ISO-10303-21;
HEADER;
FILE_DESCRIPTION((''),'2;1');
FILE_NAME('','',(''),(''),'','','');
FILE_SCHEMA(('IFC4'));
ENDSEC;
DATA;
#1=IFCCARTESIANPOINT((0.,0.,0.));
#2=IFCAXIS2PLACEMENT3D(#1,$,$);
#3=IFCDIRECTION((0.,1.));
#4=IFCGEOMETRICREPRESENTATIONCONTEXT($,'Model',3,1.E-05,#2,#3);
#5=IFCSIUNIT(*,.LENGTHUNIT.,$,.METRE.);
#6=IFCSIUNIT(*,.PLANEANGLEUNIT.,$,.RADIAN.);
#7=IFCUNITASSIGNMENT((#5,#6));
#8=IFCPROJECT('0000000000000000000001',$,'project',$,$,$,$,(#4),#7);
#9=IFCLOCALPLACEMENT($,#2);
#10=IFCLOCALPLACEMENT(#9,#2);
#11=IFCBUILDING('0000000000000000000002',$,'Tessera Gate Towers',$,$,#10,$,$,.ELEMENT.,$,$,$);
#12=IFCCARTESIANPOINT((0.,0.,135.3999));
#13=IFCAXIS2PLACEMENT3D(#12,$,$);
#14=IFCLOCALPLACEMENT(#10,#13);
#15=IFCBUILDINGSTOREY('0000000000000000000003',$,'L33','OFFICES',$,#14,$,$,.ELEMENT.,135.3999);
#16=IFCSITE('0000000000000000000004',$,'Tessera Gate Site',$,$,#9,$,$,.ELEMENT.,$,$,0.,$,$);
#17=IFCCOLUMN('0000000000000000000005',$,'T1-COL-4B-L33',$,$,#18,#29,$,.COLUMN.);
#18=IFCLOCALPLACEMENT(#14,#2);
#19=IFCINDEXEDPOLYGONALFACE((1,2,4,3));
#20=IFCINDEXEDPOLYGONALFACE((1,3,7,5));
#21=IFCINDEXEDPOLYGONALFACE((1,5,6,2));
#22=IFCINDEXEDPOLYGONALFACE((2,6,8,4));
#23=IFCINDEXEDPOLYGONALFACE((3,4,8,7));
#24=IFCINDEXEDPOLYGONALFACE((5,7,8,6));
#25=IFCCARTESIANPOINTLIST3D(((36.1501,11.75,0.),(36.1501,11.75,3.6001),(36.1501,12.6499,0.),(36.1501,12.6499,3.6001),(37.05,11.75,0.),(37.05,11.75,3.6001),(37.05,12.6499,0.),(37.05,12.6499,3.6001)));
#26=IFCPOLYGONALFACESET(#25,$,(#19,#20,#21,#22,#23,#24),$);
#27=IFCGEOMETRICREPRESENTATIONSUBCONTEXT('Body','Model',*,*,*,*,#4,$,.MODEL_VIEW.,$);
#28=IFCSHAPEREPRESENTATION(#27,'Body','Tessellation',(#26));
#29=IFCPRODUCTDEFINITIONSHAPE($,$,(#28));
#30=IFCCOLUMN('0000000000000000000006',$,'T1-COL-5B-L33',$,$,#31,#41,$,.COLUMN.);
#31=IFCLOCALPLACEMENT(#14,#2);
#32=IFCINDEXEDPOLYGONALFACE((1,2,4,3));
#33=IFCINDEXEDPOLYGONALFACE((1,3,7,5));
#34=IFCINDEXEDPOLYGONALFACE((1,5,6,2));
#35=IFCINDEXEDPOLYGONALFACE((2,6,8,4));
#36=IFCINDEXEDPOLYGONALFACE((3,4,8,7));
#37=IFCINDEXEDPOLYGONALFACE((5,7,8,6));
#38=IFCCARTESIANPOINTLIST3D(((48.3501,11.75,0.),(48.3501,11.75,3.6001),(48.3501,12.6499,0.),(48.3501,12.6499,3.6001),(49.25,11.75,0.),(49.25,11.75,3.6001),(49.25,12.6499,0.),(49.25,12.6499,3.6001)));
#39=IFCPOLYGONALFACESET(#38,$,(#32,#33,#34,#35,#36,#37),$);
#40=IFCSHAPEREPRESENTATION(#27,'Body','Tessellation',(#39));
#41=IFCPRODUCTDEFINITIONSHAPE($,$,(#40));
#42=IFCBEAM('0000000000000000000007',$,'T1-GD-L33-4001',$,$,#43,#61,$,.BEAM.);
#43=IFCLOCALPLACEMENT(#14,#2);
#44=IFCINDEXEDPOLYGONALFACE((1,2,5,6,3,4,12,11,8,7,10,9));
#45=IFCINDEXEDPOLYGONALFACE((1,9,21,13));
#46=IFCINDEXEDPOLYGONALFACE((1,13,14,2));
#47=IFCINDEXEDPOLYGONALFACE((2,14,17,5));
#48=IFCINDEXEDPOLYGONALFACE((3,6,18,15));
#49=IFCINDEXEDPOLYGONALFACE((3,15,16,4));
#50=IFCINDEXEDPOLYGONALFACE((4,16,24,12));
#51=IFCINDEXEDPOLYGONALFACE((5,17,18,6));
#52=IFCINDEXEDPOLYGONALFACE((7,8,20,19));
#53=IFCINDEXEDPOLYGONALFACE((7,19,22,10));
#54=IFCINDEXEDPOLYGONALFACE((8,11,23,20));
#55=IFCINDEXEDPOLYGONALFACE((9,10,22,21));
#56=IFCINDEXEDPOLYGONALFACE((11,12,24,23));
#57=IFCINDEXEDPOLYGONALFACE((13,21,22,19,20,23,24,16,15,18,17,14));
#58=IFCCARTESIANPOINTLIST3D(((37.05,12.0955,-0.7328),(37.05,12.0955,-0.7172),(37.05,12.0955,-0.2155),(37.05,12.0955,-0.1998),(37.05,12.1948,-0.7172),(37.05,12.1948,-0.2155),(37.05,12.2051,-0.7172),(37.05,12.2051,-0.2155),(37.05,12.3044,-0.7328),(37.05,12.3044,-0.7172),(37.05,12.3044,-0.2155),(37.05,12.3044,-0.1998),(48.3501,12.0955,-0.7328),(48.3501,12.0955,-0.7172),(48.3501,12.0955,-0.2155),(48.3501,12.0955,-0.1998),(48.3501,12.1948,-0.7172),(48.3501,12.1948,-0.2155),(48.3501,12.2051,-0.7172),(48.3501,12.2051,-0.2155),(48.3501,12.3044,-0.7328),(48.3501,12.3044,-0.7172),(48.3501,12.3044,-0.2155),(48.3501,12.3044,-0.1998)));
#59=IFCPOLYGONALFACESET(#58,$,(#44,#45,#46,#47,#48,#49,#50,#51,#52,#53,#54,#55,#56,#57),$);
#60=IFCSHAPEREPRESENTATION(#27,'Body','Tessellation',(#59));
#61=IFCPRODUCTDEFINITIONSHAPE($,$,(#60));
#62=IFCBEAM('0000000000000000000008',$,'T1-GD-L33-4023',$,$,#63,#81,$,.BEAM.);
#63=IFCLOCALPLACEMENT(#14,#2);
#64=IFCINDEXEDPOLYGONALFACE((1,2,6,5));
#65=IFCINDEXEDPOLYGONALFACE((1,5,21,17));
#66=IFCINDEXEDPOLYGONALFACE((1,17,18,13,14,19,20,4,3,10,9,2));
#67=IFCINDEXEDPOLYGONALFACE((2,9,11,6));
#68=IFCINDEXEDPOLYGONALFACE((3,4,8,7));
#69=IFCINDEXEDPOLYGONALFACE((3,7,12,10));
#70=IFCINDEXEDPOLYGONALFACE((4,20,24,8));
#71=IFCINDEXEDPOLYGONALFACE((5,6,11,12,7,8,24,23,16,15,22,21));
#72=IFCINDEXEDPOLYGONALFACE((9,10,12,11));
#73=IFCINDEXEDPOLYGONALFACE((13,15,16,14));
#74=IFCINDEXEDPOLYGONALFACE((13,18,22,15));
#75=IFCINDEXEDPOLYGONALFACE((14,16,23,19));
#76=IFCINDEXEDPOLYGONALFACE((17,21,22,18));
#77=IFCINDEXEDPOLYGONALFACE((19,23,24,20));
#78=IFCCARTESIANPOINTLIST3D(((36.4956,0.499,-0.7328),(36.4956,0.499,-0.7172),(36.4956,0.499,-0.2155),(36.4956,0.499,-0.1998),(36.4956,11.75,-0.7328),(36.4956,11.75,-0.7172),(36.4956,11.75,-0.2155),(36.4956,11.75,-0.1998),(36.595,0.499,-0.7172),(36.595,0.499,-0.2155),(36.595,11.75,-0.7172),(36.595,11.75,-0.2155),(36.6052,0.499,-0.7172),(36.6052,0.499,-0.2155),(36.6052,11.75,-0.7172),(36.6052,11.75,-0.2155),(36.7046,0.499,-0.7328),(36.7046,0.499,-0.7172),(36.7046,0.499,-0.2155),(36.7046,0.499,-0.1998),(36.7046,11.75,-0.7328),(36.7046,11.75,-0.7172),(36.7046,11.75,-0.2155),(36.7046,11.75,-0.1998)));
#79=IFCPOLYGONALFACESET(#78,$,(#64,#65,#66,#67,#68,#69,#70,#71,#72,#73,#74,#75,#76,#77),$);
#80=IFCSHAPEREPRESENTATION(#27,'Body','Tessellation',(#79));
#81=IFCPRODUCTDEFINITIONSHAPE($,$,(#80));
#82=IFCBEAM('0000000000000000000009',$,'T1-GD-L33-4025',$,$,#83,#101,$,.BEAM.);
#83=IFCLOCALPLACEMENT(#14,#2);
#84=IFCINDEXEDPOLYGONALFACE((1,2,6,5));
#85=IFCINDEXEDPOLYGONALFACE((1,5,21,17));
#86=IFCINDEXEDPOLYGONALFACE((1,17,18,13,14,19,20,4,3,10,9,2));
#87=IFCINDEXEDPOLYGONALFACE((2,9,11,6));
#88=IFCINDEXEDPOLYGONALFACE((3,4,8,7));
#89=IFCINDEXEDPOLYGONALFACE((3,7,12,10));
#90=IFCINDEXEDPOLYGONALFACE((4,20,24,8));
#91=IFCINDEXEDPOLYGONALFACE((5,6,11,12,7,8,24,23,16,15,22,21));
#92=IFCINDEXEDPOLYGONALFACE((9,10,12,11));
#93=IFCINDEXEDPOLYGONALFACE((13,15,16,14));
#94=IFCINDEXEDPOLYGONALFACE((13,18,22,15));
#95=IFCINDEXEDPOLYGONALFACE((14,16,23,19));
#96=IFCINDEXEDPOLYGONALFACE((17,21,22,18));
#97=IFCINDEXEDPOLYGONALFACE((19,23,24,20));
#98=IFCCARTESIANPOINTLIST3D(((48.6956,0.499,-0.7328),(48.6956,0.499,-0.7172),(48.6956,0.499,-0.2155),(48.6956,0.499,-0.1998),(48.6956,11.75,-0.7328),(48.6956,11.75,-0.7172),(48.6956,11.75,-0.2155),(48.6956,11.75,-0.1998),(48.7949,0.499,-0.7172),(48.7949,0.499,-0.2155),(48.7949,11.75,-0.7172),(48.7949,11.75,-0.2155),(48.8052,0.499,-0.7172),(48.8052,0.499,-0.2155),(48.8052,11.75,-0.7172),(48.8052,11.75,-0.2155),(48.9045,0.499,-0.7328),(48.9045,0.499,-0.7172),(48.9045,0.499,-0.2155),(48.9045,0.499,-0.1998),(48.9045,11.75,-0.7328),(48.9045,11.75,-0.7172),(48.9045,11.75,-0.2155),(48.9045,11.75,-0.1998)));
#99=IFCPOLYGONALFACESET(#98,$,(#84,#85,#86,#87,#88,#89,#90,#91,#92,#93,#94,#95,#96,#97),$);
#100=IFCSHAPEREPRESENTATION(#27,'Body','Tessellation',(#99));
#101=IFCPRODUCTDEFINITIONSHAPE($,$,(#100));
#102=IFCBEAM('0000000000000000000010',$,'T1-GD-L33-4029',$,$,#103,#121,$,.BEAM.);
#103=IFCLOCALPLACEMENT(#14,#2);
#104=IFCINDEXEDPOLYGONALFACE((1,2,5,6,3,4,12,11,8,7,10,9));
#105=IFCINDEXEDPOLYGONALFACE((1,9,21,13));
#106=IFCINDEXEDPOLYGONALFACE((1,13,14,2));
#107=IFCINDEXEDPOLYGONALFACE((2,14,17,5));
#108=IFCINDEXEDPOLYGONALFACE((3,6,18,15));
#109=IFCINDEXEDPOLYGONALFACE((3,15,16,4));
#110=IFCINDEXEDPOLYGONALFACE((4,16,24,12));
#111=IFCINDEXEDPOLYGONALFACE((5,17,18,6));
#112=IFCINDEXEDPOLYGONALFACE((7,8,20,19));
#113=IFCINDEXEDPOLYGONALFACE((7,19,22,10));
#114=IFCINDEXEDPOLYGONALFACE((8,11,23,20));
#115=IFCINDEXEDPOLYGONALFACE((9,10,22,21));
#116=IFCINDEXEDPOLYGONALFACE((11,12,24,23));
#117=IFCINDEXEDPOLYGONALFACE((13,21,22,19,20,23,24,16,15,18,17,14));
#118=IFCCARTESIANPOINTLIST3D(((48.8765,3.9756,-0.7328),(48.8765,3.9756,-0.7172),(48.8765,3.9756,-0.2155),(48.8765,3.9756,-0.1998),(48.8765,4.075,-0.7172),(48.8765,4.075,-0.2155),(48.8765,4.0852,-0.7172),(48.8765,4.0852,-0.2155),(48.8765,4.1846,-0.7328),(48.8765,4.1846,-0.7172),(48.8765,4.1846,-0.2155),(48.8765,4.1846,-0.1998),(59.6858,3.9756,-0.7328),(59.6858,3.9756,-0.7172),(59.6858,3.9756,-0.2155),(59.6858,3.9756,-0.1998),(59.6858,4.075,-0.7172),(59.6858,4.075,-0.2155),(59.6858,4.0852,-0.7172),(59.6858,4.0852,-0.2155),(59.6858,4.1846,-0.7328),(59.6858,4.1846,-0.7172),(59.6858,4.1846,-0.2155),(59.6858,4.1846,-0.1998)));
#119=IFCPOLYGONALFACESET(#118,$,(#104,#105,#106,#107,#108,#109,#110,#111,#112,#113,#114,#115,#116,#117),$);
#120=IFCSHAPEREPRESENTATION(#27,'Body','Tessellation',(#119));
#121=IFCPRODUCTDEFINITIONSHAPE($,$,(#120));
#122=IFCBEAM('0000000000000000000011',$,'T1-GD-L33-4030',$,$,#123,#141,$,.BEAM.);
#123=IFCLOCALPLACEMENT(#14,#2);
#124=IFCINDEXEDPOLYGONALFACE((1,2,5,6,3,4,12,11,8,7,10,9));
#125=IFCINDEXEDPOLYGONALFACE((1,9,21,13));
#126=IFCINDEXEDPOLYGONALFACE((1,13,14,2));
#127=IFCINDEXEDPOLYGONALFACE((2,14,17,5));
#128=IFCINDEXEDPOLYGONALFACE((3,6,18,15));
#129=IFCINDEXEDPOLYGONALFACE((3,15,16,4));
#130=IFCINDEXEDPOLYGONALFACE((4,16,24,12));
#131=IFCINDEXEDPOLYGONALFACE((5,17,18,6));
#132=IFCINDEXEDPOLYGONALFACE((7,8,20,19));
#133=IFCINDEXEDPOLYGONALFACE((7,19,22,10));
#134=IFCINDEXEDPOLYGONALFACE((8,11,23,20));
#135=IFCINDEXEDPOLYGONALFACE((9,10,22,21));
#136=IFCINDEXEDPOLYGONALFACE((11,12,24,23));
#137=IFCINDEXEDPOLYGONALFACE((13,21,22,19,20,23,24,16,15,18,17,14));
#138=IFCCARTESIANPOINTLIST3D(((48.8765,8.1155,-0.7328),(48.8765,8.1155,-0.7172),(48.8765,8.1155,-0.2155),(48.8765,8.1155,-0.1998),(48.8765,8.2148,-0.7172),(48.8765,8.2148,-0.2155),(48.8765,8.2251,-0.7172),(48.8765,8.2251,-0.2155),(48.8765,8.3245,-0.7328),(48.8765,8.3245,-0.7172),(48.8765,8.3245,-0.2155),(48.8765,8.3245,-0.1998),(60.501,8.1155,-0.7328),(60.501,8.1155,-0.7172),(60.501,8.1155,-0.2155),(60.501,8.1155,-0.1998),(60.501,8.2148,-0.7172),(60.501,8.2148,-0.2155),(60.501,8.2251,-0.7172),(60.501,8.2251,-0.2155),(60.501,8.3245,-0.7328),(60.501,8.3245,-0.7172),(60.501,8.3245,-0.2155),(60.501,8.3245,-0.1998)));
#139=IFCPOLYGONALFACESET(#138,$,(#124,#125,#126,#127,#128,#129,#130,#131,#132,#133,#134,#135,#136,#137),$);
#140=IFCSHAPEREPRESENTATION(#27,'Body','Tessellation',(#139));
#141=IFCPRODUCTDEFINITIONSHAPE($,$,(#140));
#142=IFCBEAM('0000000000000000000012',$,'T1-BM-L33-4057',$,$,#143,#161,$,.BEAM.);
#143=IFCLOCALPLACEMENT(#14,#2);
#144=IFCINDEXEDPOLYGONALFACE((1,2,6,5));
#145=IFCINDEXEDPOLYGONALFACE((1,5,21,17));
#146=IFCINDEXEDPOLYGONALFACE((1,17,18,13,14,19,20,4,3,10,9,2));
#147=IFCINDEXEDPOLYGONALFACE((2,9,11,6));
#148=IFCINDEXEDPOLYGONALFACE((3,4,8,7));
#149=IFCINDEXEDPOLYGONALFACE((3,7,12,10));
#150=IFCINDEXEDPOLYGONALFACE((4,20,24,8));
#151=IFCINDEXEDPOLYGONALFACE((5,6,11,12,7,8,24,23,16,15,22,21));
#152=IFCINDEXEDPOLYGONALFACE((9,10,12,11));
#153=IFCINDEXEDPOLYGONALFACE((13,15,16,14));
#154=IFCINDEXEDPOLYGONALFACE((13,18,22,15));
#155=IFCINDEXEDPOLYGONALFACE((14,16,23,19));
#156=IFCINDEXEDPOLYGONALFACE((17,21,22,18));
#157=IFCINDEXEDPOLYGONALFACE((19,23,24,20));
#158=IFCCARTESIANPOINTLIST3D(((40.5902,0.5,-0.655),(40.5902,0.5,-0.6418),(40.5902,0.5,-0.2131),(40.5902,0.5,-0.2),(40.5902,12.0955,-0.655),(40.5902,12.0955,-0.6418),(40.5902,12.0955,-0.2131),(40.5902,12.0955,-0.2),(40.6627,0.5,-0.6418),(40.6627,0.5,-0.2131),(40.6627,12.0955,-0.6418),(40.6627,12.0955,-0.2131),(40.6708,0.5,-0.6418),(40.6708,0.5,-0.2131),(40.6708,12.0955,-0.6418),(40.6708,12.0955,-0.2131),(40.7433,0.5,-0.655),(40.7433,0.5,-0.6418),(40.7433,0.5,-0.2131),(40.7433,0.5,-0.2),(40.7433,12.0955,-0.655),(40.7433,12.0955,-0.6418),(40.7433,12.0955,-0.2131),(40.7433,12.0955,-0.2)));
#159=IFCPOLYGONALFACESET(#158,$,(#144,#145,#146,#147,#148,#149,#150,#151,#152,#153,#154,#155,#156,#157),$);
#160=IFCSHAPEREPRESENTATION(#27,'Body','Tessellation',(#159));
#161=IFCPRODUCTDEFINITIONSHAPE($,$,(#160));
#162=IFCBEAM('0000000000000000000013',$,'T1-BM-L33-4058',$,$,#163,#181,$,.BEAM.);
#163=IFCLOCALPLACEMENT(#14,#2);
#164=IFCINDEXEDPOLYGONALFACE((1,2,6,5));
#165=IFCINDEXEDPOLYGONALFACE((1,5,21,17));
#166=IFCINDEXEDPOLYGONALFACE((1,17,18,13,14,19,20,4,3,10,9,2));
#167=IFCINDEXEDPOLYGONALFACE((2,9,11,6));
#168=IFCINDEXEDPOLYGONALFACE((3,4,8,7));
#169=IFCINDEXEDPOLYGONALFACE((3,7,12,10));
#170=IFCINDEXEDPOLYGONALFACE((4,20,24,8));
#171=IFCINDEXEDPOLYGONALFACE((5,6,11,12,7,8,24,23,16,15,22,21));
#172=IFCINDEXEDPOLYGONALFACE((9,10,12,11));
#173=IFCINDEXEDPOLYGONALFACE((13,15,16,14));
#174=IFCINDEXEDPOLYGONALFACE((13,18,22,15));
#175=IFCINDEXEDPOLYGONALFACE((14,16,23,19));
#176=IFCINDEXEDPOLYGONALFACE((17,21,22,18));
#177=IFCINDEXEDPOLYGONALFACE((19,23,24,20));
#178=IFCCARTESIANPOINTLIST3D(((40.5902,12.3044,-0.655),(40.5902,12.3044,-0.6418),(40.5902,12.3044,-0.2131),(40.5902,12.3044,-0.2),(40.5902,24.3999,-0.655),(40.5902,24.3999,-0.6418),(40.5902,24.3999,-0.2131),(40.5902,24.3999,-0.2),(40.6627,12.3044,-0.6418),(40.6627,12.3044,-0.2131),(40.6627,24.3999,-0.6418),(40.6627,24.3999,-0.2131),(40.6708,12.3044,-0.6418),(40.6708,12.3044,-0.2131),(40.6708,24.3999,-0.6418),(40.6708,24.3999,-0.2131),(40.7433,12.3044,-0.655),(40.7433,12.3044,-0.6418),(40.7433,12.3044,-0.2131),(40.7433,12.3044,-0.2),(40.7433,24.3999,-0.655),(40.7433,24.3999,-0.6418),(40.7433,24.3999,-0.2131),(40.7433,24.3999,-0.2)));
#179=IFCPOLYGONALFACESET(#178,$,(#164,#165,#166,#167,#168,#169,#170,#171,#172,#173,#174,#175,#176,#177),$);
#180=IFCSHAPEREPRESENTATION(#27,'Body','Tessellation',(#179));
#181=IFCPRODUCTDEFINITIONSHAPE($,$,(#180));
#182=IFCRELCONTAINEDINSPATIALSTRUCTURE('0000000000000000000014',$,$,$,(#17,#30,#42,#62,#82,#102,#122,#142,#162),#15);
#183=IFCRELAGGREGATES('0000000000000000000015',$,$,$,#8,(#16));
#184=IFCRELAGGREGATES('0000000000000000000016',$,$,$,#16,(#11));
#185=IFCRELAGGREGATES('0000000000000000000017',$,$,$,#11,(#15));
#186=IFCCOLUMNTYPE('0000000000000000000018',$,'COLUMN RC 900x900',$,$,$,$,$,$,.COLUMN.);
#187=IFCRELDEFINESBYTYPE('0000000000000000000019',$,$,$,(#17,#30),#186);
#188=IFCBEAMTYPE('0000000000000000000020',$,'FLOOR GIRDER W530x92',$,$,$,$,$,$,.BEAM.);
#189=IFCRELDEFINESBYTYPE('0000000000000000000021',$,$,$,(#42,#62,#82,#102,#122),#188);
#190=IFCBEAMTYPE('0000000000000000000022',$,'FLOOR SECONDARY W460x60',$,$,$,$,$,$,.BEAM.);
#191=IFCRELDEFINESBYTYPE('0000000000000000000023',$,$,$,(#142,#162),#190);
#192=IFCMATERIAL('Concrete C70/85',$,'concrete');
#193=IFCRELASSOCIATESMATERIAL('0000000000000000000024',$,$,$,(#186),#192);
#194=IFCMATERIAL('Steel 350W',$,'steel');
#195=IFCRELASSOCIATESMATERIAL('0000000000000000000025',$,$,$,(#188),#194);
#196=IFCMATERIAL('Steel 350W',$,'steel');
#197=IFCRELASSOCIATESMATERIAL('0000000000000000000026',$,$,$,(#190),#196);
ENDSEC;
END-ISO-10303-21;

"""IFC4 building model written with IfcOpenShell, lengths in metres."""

from ifc_helpers import new_model, si_unit, direction, frame, origin, origin_2d, place, context, subcontext, project, spatial, rectangle, i_section, extrude, material, material_profile, profile_set, type_object, element, save


model = new_model("IFC4")

# Units and contexts
model_context = context("Model", 3, precision=1e-05, world=origin(), true_north=direction((0.0, 1.0)))
body_context = subcontext(model_context, "Body", "Model", "MODEL_VIEW")
ifc_project = project(units=[si_unit("LENGTHUNIT", "METRE"), si_unit("PLANEANGLEUNIT", "RADIAN")], contexts=[model_context])

# Site, building, storey
site_placement = place(None, origin())
site = spatial("IfcSite", under=ifc_project, at=site_placement, Name="Tessera Gate Site", CompositionType="ELEMENT", RefElevation=0.0)
building_placement = place(site_placement, origin())
building = spatial("IfcBuilding", under=site, at=building_placement, Name="Tessera Gate Towers", CompositionType="ELEMENT")
storey_placement = place(building_placement, frame((0.0, 0.0, 135.3999)))
storey = spatial("IfcBuildingStorey", under=building, at=storey_placement, Name="L33", Description="OFFICES", CompositionType="ELEMENT", Elevation=135.3999)

# Columns
ifc_material_1 = material(Name="Concrete C70/85", Category="concrete")
ifc_material_profile_1 = material_profile(ifc_material_1, rectangle(XDim=0.8999, YDim=0.8999, at=origin_2d()), Name="RC 900x900")
ifc_profile_set_1 = profile_set([ifc_material_profile_1], Name="Concrete C70/85")
column_type = type_object("IfcColumnType", Name="COLUMN RC 900x900", PredefinedType="COLUMN", material=ifc_profile_set_1)
for number, where, z_axis, x_axis, name in (
    (1, (36.6001, 12.2, 0.0), (0.0, 0.0, 1.0), (1.0, 0.0, 0.0), "T1-COL-4B-L33"),
    (2, (48.8, 12.2, 0.0), (0.0, 0.0, 1.0), (1.0, 0.0, 0.0), "T1-COL-5B-L33"),
):
    element("IfcColumn", number, at=place(storey_placement, frame(where, z_axis=z_axis, x_axis=x_axis)), inside=storey, type_object=column_type, Name=name, PredefinedType="COLUMN", context=body_context, shape_type="SweptSolid", body=[
        extrude(rectangle(XDim=0.8999, YDim=0.8999, at=origin_2d()), origin(), (0.0, 0.0, 1.0), 3.6001),
    ])

# Beams
ifc_material_2 = material(Name="Steel 350W", Category="steel")
ifc_material_profile_2 = material_profile(ifc_material_2, i_section(OverallWidth=0.209, OverallDepth=0.533, WebThickness=0.0103, FlangeThickness=0.0156, at=origin_2d()), Name="W530x92")
ifc_profile_set_2 = profile_set([ifc_material_profile_2], Name="Steel 350W")
beam_type_1 = type_object("IfcBeamType", Name="FLOOR GIRDER W530x92", PredefinedType="BEAM", material=ifc_profile_set_2)
beam_1_placement = place(storey_placement, frame((37.05, 12.2, -0.4663), z_axis=(1.0, 0.0, 0.0), x_axis=(0.0, 1.0, 0.0)))
element("IfcBeam", 3, at=beam_1_placement, inside=storey, type_object=beam_type_1, Name="T1-GD-L33-4001", PredefinedType="BEAM", context=body_context, shape_type="SweptSolid", body=[
    extrude(i_section(OverallWidth=0.209, OverallDepth=0.533, WebThickness=0.0103, FlangeThickness=0.0156, at=origin_2d()), origin(), (0.0, 0.0, 1.0), 11.3),
])
for number, where, z_axis, x_axis, name in (
    (4, (36.6001, 0.499, -0.4663), (0.0, 1.0, 0.0), (-1.0, 0.0, 0.0), "T1-GD-L33-4023"),
    (5, (48.8, 0.499, -0.4663), (0.0, 1.0, 0.0), (-1.0, 0.0, 0.0), "T1-GD-L33-4025"),
):
    element("IfcBeam", number, at=place(storey_placement, frame(where, z_axis=z_axis, x_axis=x_axis)), inside=storey, type_object=beam_type_1, Name=name, PredefinedType="BEAM", context=body_context, shape_type="SweptSolid", body=[
        extrude(i_section(OverallWidth=0.209, OverallDepth=0.533, WebThickness=0.0103, FlangeThickness=0.0156, at=origin_2d()), origin(), (0.0, 0.0, 1.0), 11.251),
    ])
beam_2_placement = place(storey_placement, frame((48.8765, 4.0801, -0.4663), z_axis=(1.0, 0.0, 0.0), x_axis=(0.0, 1.0, 0.0)))
element("IfcBeam", 6, at=beam_2_placement, inside=storey, type_object=beam_type_1, Name="T1-GD-L33-4029", PredefinedType="BEAM", context=body_context, shape_type="SweptSolid", body=[
    extrude(i_section(OverallWidth=0.209, OverallDepth=0.533, WebThickness=0.0103, FlangeThickness=0.0156, at=origin_2d()), origin(), (0.0, 0.0, 1.0), 10.8093),
])
beam_3_placement = place(storey_placement, frame((48.8765, 8.22, -0.4663), z_axis=(1.0, 0.0, 0.0), x_axis=(0.0, 1.0, 0.0)))
element("IfcBeam", 7, at=beam_3_placement, inside=storey, type_object=beam_type_1, Name="T1-GD-L33-4030", PredefinedType="BEAM", context=body_context, shape_type="SweptSolid", body=[
    extrude(i_section(OverallWidth=0.209, OverallDepth=0.533, WebThickness=0.0103, FlangeThickness=0.0156, at=origin_2d()), origin(), (0.0, 0.0, 1.0), 11.6245),
])
ifc_material_3 = material(Name="Steel 350W", Category="steel")
ifc_material_profile_3 = material_profile(ifc_material_3, i_section(OverallWidth=0.1531, OverallDepth=0.4551, WebThickness=0.0081, FlangeThickness=0.0132, at=origin_2d()), Name="W460x60")
ifc_profile_set_3 = profile_set([ifc_material_profile_3], Name="Steel 350W")
beam_type_2 = type_object("IfcBeamType", Name="FLOOR SECONDARY W460x60", PredefinedType="BEAM", material=ifc_profile_set_3)
beam_4_placement = place(storey_placement, frame((40.6667, 0.5, -0.4275), z_axis=(0.0, 1.0, 0.0), x_axis=(-1.0, 0.0, 0.0)))
element("IfcBeam", 8, at=beam_4_placement, inside=storey, type_object=beam_type_2, Name="T1-BM-L33-4057", PredefinedType="BEAM", context=body_context, shape_type="SweptSolid", body=[
    extrude(i_section(OverallWidth=0.1531, OverallDepth=0.4551, WebThickness=0.0081, FlangeThickness=0.0132, at=origin_2d()), origin(), (0.0, 0.0, 1.0), 11.5955),
])
beam_5_placement = place(storey_placement, frame((40.6667, 12.3044, -0.4275), z_axis=(0.0, 1.0, 0.0), x_axis=(-1.0, 0.0, 0.0)))
element("IfcBeam", 9, at=beam_5_placement, inside=storey, type_object=beam_type_2, Name="T1-BM-L33-4058", PredefinedType="BEAM", context=body_context, shape_type="SweptSolid", body=[
    extrude(i_section(OverallWidth=0.1531, OverallDepth=0.4551, WebThickness=0.0081, FlangeThickness=0.0132, at=origin_2d()), origin(), (0.0, 0.0, 1.0), 12.0955),
])

save(model, "model.ifc")
